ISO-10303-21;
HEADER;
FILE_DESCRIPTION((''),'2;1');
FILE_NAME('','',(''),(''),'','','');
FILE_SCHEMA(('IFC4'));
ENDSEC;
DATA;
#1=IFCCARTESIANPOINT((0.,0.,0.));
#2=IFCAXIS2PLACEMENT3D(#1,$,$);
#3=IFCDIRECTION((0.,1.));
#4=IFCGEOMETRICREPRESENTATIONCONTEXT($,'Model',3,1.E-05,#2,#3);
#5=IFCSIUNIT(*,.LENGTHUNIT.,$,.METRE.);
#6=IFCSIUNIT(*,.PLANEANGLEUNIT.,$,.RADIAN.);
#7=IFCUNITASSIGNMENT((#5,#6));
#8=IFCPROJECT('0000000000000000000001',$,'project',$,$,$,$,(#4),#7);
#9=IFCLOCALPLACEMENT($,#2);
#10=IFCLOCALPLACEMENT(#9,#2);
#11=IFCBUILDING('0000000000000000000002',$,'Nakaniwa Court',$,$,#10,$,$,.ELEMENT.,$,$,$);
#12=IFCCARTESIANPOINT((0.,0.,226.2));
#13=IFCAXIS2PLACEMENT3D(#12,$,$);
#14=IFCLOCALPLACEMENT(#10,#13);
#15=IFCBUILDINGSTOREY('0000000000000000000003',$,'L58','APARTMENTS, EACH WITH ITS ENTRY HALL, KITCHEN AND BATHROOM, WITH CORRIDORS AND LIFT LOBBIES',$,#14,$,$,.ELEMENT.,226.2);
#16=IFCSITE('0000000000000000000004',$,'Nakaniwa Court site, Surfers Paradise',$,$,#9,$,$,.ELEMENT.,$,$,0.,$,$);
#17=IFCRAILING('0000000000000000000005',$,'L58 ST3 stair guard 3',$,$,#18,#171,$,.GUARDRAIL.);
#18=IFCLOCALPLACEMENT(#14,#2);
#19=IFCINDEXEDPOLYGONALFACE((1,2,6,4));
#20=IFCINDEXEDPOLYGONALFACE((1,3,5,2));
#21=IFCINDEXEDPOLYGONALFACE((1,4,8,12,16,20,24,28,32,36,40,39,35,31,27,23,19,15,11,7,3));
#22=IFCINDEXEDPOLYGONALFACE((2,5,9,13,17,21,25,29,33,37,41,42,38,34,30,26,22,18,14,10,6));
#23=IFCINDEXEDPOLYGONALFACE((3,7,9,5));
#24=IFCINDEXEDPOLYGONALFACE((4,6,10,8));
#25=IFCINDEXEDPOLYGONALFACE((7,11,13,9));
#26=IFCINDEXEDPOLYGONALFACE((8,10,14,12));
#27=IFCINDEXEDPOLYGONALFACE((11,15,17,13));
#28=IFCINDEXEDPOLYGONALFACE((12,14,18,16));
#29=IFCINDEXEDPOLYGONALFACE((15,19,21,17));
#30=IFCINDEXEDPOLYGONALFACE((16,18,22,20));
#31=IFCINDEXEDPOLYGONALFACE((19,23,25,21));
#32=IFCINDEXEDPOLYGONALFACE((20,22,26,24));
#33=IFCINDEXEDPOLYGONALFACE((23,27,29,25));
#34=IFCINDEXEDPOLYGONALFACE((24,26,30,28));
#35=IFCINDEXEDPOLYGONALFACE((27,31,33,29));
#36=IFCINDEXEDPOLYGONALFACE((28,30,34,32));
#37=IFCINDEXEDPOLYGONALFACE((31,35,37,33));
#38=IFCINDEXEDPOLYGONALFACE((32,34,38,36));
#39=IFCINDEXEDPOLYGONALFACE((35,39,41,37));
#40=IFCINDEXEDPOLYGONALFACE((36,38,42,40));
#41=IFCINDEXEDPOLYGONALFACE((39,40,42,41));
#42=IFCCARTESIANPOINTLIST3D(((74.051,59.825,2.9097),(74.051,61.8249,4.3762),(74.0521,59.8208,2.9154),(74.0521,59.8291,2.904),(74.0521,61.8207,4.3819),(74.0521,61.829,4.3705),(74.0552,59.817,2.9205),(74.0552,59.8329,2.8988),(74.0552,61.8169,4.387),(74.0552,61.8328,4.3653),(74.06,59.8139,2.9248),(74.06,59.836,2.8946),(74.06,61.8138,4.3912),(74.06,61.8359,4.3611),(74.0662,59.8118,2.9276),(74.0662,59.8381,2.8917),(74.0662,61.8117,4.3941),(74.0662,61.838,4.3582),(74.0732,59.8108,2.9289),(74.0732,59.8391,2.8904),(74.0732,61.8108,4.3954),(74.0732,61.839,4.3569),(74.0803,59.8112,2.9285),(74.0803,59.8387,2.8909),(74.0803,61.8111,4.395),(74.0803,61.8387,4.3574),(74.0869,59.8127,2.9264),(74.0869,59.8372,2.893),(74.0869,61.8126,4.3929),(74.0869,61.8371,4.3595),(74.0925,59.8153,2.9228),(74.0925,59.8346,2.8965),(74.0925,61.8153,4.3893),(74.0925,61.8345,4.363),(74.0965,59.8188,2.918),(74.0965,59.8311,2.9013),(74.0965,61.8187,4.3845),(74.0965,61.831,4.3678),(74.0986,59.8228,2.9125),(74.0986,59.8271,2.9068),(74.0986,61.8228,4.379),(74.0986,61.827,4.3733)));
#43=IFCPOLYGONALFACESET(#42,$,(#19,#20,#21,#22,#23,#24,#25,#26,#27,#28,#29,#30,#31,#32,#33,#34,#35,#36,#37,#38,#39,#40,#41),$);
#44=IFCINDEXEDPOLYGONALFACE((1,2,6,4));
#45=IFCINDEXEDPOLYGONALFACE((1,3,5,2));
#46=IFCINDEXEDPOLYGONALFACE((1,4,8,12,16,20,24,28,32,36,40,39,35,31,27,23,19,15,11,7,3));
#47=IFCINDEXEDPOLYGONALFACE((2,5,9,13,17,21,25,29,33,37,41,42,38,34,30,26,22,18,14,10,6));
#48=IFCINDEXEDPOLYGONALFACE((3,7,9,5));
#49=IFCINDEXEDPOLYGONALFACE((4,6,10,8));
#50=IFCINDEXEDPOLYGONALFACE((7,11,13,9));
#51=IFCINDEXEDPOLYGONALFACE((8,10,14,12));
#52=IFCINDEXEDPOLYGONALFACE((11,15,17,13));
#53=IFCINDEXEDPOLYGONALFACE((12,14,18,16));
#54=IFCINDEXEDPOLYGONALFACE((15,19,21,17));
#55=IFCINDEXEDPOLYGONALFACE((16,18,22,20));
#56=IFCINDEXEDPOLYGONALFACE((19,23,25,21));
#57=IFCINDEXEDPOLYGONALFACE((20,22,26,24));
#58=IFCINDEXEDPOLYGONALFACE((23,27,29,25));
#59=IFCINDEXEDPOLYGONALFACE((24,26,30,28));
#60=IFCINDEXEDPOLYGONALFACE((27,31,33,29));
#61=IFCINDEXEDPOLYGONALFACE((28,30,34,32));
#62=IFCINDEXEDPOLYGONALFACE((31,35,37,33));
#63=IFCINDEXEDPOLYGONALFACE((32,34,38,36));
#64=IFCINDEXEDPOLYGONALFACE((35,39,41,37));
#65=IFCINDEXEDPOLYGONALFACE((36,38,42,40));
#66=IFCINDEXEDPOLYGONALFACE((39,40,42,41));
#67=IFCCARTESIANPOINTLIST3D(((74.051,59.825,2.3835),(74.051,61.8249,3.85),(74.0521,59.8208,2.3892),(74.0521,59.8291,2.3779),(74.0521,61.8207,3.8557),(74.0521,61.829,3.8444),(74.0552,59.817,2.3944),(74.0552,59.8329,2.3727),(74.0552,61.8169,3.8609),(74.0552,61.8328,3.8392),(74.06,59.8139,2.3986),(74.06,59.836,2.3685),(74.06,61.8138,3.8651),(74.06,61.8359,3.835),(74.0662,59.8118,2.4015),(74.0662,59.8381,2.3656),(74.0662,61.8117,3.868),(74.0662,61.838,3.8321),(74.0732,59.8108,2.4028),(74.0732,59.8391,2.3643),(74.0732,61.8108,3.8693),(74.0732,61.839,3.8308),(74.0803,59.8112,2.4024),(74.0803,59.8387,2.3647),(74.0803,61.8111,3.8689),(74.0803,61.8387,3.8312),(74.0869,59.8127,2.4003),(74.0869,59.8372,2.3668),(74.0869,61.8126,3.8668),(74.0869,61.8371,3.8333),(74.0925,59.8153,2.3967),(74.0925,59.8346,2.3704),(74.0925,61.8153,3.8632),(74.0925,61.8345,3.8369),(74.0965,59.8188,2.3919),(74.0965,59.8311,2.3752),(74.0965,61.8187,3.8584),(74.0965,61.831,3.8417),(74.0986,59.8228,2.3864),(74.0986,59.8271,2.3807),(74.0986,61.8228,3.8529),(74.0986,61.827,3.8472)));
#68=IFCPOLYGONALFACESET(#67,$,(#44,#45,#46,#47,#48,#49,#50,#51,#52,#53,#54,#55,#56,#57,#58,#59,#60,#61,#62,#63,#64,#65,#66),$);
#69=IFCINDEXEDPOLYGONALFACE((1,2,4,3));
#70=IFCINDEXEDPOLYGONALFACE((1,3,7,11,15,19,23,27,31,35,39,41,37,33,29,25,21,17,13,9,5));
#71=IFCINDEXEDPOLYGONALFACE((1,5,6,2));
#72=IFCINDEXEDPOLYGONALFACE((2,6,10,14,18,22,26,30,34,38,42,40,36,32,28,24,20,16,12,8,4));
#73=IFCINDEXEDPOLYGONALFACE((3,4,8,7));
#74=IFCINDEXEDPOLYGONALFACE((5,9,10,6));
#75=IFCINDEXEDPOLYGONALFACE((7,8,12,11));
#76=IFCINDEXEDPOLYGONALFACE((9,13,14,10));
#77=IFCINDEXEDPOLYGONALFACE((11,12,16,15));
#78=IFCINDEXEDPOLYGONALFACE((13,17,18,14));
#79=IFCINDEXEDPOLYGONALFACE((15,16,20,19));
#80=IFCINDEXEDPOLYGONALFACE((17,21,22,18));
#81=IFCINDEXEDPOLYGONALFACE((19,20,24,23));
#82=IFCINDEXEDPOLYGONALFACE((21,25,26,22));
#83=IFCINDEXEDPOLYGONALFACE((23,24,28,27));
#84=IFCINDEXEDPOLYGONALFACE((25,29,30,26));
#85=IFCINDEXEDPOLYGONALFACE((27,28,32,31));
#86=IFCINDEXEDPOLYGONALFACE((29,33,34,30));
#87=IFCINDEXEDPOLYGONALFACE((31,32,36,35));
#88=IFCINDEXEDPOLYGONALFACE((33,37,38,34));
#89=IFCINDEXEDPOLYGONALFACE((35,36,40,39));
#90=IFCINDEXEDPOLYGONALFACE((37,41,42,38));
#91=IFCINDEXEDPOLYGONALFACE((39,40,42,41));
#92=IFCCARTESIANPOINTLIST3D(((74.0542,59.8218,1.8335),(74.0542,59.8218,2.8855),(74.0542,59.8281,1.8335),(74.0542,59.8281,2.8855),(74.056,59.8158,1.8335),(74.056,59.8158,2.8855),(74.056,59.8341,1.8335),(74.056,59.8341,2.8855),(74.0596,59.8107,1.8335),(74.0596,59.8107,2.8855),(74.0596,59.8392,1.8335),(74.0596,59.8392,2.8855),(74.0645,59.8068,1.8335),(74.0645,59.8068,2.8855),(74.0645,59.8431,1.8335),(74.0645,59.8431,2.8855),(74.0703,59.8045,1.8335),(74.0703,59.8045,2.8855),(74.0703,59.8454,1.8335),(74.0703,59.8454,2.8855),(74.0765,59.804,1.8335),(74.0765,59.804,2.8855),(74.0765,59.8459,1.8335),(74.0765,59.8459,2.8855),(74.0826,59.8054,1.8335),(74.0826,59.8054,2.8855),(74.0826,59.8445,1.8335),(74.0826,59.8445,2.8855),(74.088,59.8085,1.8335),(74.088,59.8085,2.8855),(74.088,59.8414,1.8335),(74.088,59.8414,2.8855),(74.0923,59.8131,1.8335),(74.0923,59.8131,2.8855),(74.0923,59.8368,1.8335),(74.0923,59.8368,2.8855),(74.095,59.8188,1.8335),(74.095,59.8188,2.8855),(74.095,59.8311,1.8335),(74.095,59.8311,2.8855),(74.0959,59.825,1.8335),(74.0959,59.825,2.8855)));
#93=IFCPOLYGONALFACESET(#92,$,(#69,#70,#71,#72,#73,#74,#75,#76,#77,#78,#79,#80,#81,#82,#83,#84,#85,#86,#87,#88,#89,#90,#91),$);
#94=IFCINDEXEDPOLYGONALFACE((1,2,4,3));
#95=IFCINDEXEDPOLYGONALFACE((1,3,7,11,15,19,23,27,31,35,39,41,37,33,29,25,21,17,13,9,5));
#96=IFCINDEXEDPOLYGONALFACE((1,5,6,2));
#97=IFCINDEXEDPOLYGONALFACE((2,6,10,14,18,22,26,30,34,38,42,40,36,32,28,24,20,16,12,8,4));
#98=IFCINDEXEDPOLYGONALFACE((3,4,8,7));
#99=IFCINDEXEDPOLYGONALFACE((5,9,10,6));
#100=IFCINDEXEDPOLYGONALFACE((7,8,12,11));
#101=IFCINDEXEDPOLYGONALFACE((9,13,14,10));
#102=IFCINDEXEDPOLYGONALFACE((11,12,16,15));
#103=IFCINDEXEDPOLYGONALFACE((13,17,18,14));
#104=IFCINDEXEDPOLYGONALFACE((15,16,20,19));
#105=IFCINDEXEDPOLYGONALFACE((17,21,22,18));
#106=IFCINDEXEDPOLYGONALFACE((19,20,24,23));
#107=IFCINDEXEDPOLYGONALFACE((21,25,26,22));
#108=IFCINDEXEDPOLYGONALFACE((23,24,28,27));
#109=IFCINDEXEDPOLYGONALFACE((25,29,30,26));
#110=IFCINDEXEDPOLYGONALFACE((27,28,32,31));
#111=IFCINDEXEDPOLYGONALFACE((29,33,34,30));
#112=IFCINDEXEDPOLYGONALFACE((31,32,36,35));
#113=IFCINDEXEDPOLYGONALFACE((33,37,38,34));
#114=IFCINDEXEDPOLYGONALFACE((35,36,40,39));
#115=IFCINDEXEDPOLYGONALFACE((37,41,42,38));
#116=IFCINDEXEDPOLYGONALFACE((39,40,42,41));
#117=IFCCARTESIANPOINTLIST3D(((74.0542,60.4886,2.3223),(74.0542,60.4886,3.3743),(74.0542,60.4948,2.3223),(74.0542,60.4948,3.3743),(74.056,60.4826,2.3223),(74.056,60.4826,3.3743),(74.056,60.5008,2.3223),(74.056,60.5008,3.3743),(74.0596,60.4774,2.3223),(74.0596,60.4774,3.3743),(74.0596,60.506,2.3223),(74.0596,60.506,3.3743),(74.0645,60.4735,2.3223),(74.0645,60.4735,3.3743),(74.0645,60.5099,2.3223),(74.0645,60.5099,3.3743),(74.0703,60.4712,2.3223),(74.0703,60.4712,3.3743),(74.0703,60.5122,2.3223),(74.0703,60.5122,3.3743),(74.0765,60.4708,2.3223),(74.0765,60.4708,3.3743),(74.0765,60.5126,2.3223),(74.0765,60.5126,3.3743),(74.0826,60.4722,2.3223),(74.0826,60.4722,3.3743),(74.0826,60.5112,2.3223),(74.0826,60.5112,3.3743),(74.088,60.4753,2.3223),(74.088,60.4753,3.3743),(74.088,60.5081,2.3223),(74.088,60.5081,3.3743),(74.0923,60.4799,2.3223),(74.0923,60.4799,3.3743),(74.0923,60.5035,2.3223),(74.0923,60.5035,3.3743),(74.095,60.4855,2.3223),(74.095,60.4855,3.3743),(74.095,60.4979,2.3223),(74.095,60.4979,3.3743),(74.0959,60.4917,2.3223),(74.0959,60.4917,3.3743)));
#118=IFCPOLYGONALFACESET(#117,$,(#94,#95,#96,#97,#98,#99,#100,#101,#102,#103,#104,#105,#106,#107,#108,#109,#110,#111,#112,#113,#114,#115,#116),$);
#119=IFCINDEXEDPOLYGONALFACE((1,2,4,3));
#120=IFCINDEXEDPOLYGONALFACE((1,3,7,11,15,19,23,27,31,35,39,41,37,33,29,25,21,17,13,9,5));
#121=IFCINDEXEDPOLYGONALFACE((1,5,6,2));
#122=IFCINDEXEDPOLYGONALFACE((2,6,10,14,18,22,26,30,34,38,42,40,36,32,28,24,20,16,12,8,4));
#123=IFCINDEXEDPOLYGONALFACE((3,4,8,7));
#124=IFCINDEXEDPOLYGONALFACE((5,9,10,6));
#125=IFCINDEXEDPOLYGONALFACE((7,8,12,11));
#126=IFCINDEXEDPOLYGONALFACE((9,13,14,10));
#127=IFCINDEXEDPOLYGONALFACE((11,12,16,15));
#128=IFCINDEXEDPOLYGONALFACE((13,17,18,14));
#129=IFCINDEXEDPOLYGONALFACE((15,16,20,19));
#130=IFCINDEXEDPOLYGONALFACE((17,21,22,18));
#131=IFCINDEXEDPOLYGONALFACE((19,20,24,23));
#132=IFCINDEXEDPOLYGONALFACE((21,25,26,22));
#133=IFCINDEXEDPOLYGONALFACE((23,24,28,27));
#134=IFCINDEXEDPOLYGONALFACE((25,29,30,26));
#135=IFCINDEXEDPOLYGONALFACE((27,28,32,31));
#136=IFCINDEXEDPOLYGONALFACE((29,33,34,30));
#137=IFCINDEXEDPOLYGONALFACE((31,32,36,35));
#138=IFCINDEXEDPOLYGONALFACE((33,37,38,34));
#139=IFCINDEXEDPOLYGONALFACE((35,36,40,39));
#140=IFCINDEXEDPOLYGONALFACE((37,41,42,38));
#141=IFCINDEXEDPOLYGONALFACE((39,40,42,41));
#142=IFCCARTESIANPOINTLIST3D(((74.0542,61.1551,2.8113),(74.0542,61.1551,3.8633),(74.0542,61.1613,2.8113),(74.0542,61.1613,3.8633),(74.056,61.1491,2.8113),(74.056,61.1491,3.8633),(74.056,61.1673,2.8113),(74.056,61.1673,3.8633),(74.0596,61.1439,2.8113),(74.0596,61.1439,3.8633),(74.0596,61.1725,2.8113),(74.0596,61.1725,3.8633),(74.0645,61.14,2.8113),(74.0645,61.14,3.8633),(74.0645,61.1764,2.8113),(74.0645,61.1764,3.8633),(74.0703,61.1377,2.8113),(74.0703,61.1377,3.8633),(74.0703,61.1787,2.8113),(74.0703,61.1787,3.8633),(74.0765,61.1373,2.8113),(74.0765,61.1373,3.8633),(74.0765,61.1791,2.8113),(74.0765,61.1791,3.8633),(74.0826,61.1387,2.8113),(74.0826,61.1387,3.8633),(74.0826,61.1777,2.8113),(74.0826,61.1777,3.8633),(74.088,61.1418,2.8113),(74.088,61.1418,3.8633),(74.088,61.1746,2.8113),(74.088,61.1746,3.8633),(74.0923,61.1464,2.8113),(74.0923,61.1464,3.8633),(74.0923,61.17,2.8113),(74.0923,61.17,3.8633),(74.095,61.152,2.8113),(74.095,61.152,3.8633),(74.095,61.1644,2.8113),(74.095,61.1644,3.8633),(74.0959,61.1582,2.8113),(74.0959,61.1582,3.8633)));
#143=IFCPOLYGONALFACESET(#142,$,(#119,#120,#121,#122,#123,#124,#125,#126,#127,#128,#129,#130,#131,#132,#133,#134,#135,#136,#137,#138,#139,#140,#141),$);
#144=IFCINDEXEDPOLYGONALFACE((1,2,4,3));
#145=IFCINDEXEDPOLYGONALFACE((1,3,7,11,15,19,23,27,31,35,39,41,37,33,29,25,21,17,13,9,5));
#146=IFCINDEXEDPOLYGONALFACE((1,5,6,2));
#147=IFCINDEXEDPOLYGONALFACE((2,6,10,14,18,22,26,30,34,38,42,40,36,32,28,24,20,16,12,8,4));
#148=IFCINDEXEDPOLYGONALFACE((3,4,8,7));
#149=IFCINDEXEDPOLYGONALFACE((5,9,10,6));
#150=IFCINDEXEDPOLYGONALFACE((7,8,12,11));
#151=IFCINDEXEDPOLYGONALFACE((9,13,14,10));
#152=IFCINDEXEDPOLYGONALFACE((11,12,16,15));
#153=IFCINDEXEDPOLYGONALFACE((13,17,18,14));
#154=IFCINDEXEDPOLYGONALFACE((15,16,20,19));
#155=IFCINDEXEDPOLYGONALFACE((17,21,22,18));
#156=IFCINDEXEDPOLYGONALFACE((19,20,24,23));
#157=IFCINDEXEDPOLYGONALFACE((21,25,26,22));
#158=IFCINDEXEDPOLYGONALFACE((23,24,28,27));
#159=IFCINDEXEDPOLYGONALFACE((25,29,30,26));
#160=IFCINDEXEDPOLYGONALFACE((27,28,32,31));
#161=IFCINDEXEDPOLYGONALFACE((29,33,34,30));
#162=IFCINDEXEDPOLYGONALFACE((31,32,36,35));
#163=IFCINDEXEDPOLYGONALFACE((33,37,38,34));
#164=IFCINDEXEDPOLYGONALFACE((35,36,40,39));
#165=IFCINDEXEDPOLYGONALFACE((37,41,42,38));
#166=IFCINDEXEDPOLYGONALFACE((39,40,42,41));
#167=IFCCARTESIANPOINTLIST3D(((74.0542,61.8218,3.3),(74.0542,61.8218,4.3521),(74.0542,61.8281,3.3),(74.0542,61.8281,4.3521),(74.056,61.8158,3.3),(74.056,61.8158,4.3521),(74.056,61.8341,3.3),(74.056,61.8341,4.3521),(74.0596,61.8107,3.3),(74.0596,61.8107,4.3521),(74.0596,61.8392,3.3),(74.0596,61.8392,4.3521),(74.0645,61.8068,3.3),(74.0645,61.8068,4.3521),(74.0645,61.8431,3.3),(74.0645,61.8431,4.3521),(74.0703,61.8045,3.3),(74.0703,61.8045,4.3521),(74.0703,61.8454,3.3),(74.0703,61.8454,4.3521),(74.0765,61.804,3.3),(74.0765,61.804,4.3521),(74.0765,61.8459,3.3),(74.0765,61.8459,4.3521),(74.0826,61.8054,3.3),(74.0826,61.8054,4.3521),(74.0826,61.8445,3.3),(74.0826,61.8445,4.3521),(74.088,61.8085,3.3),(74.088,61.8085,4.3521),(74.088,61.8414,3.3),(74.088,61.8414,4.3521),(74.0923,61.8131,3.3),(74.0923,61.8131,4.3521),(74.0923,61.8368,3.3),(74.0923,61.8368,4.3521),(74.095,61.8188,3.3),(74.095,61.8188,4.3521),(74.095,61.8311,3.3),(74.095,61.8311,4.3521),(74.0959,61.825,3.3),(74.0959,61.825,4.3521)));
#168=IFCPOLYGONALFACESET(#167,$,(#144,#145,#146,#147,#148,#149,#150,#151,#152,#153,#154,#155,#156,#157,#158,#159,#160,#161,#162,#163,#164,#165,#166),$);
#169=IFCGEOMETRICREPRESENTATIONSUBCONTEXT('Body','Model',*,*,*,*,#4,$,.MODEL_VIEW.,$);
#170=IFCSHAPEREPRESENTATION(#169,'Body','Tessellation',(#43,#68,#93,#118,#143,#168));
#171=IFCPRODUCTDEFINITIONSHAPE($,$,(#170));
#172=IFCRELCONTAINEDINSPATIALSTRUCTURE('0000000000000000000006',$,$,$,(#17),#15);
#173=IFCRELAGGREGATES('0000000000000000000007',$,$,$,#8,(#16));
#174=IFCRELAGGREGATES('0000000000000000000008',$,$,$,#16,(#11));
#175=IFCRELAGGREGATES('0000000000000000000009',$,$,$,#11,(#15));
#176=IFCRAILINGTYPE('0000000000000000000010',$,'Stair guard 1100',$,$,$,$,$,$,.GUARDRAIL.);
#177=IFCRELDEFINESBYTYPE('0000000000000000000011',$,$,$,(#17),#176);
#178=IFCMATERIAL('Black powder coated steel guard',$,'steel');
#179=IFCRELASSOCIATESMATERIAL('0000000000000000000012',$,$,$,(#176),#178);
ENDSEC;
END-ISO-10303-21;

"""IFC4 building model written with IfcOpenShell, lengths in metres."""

from ifc_helpers import new_model, si_unit, direction, frame, origin, origin_2d, place, context, subcontext, project, spatial, circle, extrude, material, type_object, element, save


model = new_model("IFC4")

# Units and contexts
model_context = context("Model", 3, precision=1e-05, world=origin(), true_north=direction((0.0, 1.0)))
body_context = subcontext(model_context, "Body", "Model", "MODEL_VIEW")
ifc_project = project(units=[si_unit("LENGTHUNIT", "METRE"), si_unit("PLANEANGLEUNIT", "RADIAN")], contexts=[model_context])

# Site, building, storey
site_placement = place(None, origin())
site = spatial("IfcSite", under=ifc_project, at=site_placement, Name="Nakaniwa Court site, Surfers Paradise", CompositionType="ELEMENT", RefElevation=0.0)
building_placement = place(site_placement, origin())
building = spatial("IfcBuilding", under=site, at=building_placement, Name="Nakaniwa Court", CompositionType="ELEMENT")
storey_placement = place(building_placement, frame((0.0, 0.0, 226.2)))
storey = spatial("IfcBuildingStorey", under=building, at=storey_placement, Name="L58", Description="APARTMENTS, EACH WITH ITS ENTRY HALL, KITCHEN AND BATHROOM, WITH CORRIDORS AND LIFT LOBBIES", CompositionType="ELEMENT", Elevation=226.2)

# Railing
ifc_material_1 = material(Name="Black powder coated steel guard", Category="steel")
railing_type_1 = type_object("IfcRailingType", Name="Stair guard 1100", PredefinedType="GUARDRAIL", material=ifc_material_1)
railing_1_placement = place(storey_placement, frame((74.075, 59.825, 1.8335)))
element("IfcRailing", 1, at=railing_1_placement, inside=storey, type_object=railing_type_1, Name="L58 ST3 stair guard 3", PredefinedType="GUARDRAIL", context=body_context, shape_type="SweptSolid", body=[
    extrude(circle(Radius=0.0239, at=origin_2d()), frame((0.0, 0.0, 1.0762), z_axis=(0.0, 0.806427, 0.591334), x_axis=(-1.0, 0.0, 0.0)), (0.0, 0.0, 1.0), 2.48),
    extrude(circle(Radius=0.0239, at=origin_2d()), frame((0.0, 0.0, 0.55), z_axis=(0.0, 0.806427, 0.591334), x_axis=(-1.0, 0.0, 0.0)), (0.0, 0.0, 1.0), 2.48),
    extrude(circle(Radius=0.021, at=origin_2d()), origin(), (0.0, 0.0, 1.0), 1.052),
    extrude(circle(Radius=0.021, at=origin_2d()), frame((0.0, 0.6667, 0.4888)), (0.0, 0.0, 1.0), 1.052),
    extrude(circle(Radius=0.021, at=origin_2d()), frame((0.0, 1.3333, 0.9778)), (0.0, 0.0, 1.0), 1.052),
    extrude(circle(Radius=0.021, at=origin_2d()), frame((0.0, 2.0, 1.4666)), (0.0, 0.0, 1.0), 1.052),
])

save(model, "model.ifc")
